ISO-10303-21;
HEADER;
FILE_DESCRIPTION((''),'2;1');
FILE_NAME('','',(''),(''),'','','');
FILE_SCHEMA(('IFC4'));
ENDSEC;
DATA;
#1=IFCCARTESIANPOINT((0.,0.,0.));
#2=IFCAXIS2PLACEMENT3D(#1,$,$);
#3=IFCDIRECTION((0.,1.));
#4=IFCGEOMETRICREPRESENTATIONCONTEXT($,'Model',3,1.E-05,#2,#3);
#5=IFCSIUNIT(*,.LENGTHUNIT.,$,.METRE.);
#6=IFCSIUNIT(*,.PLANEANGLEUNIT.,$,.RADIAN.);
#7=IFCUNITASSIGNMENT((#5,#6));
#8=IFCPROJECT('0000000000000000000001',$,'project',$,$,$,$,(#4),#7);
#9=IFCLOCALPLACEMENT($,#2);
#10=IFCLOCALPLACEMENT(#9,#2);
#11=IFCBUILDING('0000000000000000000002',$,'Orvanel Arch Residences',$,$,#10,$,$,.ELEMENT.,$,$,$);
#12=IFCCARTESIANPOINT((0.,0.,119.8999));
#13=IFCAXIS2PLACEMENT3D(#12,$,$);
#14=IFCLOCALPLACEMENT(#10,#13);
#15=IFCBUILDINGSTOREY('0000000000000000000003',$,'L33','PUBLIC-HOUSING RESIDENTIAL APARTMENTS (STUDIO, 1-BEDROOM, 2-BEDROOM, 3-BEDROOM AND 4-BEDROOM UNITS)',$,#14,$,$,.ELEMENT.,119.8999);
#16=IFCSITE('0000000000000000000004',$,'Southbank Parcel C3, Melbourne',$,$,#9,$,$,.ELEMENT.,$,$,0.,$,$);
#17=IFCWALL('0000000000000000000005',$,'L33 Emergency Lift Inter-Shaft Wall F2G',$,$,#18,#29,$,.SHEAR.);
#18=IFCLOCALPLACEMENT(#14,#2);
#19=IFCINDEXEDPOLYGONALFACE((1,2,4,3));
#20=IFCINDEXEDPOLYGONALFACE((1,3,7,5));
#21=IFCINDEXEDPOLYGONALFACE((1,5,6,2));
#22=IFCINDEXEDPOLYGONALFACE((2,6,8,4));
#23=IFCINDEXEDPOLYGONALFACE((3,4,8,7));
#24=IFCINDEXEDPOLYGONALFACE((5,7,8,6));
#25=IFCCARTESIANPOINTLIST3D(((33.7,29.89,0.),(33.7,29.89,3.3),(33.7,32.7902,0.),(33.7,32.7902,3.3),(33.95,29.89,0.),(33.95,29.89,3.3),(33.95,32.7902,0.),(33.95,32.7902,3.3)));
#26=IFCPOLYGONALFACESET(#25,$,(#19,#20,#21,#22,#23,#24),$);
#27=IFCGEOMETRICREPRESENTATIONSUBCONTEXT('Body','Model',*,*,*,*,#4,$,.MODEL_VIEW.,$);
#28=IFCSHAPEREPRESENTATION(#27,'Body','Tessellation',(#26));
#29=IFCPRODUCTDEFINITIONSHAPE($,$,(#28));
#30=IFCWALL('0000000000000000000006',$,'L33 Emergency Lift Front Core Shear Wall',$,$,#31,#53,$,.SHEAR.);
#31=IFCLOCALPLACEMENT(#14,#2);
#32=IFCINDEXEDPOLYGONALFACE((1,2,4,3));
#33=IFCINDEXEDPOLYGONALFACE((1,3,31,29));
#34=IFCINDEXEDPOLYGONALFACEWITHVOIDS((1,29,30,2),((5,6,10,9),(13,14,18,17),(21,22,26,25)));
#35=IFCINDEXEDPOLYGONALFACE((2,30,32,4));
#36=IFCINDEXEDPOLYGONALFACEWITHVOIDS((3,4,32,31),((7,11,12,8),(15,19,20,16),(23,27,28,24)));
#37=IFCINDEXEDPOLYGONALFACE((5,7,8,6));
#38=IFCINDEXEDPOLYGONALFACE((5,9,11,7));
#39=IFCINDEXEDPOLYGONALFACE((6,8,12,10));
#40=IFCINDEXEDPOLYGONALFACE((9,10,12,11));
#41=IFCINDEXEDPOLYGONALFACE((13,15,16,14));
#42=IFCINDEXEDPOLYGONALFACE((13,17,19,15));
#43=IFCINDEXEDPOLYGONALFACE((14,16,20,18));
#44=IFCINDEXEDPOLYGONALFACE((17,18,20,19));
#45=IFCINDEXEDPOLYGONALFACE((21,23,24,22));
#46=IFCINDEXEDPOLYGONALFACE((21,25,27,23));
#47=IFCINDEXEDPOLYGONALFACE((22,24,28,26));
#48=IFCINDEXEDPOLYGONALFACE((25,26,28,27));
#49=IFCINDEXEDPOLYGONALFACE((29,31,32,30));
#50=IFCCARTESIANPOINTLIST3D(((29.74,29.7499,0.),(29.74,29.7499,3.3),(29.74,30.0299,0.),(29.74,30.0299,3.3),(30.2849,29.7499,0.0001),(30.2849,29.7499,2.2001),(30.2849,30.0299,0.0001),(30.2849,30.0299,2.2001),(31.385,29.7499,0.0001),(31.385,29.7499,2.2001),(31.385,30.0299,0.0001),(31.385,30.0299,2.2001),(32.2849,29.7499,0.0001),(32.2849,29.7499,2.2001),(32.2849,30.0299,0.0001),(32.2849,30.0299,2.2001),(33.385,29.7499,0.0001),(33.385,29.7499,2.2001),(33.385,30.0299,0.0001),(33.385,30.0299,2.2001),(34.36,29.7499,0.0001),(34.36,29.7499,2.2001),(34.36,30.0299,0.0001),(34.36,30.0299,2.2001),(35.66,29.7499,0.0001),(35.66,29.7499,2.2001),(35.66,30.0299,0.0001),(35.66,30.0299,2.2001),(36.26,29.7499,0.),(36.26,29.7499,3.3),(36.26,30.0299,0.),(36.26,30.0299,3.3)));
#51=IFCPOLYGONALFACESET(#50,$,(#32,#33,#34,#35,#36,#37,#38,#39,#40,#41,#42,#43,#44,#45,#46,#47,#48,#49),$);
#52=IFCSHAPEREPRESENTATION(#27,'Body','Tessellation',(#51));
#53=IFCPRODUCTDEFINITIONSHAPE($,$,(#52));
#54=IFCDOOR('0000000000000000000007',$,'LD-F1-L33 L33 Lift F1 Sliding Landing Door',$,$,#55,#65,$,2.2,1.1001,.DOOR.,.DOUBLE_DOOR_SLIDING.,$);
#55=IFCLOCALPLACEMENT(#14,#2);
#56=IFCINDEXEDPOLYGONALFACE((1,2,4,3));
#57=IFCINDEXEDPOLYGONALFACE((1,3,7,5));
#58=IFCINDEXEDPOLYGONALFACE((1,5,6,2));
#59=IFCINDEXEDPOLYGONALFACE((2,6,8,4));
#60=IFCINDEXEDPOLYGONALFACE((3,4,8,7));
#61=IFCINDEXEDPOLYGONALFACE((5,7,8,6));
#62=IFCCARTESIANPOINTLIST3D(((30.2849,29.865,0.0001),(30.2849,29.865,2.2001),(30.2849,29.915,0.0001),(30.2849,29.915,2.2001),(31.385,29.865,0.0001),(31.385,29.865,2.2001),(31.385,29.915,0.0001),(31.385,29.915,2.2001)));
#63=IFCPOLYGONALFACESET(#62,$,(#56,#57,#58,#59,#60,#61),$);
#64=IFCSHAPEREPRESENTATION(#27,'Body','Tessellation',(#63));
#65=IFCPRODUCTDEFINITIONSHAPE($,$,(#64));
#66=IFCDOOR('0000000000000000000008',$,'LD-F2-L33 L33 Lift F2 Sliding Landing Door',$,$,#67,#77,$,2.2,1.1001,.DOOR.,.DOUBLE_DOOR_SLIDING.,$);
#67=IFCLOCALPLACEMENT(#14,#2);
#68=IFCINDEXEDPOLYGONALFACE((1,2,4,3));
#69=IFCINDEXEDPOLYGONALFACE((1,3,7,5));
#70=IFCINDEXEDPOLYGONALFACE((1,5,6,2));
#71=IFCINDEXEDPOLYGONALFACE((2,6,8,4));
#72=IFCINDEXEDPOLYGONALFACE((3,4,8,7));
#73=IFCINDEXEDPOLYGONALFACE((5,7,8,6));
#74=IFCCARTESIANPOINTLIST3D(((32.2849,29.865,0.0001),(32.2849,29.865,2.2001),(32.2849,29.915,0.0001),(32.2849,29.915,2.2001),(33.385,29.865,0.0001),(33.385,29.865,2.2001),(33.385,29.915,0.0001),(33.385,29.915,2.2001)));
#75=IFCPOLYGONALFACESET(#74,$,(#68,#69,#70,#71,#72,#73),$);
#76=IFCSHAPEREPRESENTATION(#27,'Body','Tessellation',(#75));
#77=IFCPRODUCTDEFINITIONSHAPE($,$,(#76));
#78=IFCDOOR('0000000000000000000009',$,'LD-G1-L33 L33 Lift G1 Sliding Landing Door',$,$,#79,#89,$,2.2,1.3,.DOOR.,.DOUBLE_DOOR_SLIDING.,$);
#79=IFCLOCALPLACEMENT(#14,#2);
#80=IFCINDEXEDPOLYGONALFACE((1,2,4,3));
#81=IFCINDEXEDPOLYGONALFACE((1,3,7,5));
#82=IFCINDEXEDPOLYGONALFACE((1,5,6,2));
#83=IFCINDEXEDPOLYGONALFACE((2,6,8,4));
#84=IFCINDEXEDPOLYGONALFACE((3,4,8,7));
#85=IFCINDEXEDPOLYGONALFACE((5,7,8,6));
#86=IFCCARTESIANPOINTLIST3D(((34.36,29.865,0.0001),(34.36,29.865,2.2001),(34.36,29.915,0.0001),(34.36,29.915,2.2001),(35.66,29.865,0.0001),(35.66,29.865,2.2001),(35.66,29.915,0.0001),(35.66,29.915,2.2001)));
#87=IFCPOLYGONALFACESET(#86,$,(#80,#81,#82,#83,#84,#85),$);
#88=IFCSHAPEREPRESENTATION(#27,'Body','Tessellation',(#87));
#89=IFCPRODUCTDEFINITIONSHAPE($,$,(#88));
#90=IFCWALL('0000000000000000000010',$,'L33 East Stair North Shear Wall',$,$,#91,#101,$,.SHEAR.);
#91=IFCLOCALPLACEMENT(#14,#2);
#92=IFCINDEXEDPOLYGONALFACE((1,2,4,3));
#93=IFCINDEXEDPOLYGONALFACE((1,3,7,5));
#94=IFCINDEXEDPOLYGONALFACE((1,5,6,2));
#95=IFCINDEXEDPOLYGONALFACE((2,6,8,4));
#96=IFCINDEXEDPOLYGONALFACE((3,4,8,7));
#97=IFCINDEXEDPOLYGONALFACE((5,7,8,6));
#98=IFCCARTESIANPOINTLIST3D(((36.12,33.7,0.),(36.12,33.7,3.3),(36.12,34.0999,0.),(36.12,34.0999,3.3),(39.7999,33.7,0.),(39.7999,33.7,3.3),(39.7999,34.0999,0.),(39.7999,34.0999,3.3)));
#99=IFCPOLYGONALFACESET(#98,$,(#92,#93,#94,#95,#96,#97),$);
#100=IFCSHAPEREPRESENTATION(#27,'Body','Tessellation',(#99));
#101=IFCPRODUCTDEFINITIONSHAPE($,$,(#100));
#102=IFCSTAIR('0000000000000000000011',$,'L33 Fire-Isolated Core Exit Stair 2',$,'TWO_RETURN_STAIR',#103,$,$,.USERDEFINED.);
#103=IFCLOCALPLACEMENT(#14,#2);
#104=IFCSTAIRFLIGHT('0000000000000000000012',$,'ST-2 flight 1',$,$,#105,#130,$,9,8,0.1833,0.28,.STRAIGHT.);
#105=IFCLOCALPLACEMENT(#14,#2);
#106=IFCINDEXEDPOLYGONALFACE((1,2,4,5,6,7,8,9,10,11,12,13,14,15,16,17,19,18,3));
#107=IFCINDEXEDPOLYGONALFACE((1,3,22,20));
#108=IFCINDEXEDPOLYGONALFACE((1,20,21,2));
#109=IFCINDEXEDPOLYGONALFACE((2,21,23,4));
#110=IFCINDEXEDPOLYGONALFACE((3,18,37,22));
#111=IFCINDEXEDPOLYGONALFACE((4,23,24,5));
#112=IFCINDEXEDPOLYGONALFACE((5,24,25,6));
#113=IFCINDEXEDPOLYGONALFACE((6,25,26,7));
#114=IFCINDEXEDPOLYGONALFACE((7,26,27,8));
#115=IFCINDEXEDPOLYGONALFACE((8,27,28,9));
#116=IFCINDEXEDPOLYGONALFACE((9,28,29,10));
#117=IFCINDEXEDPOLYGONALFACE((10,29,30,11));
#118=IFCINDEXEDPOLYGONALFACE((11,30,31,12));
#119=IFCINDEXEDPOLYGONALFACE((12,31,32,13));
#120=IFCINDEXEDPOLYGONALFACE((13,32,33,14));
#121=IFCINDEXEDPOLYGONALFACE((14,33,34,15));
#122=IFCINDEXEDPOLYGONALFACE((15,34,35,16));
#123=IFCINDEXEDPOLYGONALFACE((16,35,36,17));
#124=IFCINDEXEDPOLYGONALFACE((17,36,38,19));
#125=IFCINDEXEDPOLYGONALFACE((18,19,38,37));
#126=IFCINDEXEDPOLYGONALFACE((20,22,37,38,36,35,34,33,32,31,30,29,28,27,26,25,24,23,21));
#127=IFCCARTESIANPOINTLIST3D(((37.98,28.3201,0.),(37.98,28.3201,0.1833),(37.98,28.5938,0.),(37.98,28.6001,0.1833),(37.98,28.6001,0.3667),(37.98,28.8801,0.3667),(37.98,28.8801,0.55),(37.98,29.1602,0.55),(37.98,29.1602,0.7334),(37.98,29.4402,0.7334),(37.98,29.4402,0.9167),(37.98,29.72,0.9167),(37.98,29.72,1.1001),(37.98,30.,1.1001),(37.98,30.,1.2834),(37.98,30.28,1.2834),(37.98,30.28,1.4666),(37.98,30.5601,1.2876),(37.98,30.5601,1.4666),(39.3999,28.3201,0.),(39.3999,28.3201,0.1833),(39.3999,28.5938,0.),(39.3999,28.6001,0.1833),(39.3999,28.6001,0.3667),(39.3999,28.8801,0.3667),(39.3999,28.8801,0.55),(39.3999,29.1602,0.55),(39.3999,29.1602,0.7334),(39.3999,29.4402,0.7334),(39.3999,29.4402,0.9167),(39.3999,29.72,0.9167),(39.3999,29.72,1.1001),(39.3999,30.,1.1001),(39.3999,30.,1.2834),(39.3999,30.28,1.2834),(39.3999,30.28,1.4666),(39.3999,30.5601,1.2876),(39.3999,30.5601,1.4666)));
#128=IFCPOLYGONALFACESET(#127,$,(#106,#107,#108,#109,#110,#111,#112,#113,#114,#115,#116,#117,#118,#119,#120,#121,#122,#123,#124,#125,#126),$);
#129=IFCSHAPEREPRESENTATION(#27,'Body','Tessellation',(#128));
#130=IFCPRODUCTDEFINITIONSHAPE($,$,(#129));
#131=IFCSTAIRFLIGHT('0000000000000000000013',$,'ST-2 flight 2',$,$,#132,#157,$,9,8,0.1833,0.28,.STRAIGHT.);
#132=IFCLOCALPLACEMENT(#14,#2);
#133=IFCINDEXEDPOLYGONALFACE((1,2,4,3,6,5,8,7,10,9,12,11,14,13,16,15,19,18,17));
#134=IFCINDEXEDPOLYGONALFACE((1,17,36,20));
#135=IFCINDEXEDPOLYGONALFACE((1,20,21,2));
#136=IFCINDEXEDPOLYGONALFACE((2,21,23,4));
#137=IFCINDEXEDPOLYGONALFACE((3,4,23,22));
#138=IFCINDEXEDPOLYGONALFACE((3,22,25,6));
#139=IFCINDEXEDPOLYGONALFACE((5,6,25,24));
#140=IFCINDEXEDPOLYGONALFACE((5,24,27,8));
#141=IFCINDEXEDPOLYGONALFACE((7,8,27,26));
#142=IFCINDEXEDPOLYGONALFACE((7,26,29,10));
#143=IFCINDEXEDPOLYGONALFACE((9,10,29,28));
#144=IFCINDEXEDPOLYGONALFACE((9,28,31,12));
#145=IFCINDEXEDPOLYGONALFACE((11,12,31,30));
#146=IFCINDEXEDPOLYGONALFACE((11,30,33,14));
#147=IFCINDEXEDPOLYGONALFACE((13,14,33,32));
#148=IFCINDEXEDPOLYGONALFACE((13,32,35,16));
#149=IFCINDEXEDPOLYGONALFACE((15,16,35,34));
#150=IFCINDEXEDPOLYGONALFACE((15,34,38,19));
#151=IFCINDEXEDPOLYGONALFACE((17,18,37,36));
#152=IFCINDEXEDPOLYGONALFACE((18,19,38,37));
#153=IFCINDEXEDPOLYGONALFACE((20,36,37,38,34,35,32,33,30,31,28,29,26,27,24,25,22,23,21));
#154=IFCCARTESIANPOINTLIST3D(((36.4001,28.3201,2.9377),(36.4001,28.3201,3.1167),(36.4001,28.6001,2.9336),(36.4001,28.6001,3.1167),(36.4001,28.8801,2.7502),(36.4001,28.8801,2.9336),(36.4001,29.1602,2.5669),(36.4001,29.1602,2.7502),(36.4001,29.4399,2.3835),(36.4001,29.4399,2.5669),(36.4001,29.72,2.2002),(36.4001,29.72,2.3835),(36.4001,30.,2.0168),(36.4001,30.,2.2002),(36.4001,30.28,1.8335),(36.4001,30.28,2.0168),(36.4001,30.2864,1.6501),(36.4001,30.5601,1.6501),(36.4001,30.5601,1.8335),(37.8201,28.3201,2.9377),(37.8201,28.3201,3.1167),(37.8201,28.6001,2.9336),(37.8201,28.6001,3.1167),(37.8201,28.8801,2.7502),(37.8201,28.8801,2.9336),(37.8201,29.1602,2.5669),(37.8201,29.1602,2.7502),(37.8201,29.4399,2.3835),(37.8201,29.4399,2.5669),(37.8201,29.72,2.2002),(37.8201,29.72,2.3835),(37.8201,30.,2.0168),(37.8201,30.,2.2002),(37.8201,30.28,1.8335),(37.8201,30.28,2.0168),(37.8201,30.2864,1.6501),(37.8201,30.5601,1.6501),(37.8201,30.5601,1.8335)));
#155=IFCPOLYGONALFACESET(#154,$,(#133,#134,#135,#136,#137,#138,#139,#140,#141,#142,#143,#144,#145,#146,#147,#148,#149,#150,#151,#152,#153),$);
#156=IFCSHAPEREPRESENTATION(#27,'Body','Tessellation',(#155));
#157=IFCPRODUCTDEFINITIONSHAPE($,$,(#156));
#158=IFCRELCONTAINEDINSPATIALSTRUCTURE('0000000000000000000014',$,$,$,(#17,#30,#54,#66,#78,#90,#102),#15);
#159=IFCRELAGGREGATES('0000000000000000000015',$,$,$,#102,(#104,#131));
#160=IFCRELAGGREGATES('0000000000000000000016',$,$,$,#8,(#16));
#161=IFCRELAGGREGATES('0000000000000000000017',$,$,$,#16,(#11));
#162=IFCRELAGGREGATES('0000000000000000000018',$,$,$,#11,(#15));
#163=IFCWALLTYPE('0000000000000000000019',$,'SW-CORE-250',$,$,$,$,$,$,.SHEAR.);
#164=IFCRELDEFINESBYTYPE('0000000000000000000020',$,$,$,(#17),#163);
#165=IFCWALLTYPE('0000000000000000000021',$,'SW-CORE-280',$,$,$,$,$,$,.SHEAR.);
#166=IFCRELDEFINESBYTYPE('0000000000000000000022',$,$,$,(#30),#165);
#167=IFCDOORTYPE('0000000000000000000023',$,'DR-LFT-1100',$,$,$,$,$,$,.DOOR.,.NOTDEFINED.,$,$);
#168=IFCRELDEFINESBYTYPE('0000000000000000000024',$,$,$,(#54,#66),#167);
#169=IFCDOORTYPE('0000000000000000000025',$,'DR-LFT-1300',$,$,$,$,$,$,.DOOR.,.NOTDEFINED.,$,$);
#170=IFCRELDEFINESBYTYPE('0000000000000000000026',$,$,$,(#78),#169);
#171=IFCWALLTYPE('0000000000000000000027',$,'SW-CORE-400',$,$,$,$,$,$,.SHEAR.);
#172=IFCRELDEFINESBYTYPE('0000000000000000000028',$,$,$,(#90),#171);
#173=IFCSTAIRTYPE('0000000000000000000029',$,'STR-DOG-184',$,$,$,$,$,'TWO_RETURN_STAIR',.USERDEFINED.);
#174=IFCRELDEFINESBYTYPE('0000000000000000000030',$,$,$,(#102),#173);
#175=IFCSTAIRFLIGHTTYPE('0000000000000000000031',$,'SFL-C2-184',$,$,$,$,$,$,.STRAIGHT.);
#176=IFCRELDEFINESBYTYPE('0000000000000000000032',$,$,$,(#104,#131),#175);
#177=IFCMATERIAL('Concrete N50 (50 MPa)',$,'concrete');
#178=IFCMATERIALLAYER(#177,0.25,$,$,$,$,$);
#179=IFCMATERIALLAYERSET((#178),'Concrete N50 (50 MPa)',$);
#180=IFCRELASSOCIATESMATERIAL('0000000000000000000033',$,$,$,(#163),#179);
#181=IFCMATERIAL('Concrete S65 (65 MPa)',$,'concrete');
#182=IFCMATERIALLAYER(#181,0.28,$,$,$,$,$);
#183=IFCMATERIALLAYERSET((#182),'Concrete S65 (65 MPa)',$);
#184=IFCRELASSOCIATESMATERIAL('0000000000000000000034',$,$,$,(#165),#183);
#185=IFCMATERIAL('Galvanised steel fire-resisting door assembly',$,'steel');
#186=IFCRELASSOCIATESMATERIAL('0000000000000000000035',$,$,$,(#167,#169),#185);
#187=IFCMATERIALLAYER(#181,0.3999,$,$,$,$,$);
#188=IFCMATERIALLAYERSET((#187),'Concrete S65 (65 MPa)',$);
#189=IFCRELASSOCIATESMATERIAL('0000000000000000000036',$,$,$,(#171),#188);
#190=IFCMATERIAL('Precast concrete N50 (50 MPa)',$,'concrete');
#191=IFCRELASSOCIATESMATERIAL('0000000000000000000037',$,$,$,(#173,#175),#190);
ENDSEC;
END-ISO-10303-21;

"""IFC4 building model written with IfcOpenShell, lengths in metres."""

from ifc_helpers import new_model, si_unit, direction, frame, frame_2d, origin, place, context, subcontext, project, spatial, polyline, rectangle, outline, extrude, material, layer, layer_set, type_object, element, fill, aggregate, save


model = new_model("IFC4")

# Units and contexts
model_context = context("Model", 3, precision=1e-05, world=origin(), true_north=direction((0.0, 1.0)))
body_context = subcontext(model_context, "Body", "Model", "MODEL_VIEW")
ifc_project = project(units=[si_unit("LENGTHUNIT", "METRE"), si_unit("PLANEANGLEUNIT", "RADIAN")], contexts=[model_context])

# Site, building, storey
site_placement = place(None, origin())
site = spatial("IfcSite", under=ifc_project, at=site_placement, Name="Southbank Parcel C3, Melbourne", CompositionType="ELEMENT", RefElevation=0.0)
building_placement = place(site_placement, origin())
building = spatial("IfcBuilding", under=site, at=building_placement, Name="Orvanel Arch Residences", CompositionType="ELEMENT")
storey_placement = place(building_placement, frame((0.0, 0.0, 119.8999)))
storey = spatial("IfcBuildingStorey", under=building, at=storey_placement, Name="L33", Description="PUBLIC-HOUSING RESIDENTIAL APARTMENTS (STUDIO, 1-BEDROOM, 2-BEDROOM, 3-BEDROOM AND 4-BEDROOM UNITS)", CompositionType="ELEMENT", Elevation=119.8999)

# Wall
ifc_material_1 = material(Name="Concrete N50 (50 MPa)", Category="concrete")
ifc_layer_1 = layer(ifc_material_1, 0.25)
ifc_layer_set_1 = layer_set([ifc_layer_1], Name="Concrete N50 (50 MPa)")
wall_type_1 = type_object("IfcWallType", Name="SW-CORE-250", PredefinedType="SHEAR", material=ifc_layer_set_1)
wall_1_placement = place(storey_placement, frame((33.825, 29.8899, 0.0), z_axis=(0.0, 0.0, 1.0), x_axis=(0.0, 1.0, 0.0)))
element("IfcWall", 1, at=wall_1_placement, inside=storey, type_object=wall_type_1, Name="L33 Emergency Lift Inter-Shaft Wall F2G", PredefinedType="SHEAR", context=body_context, shape_type="SweptSolid", body=[
    extrude(rectangle(XDim=2.9001, YDim=0.25, at=frame_2d((1.4502, 0.0))), origin(), (0.0, 0.0, 1.0), 3.3),
])

# Wall, openings, doors
ifc_material_2 = material(Name="Concrete S65 (65 MPa)", Category="concrete")
ifc_layer_2 = layer(ifc_material_2, 0.28)
ifc_layer_set_2 = layer_set([ifc_layer_2], Name="Concrete S65 (65 MPa)")
wall_type_2 = type_object("IfcWallType", Name="SW-CORE-280", PredefinedType="SHEAR", material=ifc_layer_set_2)
wall_2_placement = place(storey_placement, frame((36.26, 29.8899, 0.0), z_axis=(0.0, 0.0, 1.0), x_axis=(-1.0, 0.0, 0.0)))
wall_2 = element("IfcWall", 2, at=wall_2_placement, inside=storey, type_object=wall_type_2, Name="L33 Emergency Lift Front Core Shear Wall", PredefinedType="SHEAR", context=body_context, shape_type="SweptSolid", body=[
    extrude(rectangle(XDim=6.52, YDim=0.28, at=frame_2d((3.26, 0.0))), origin(), (0.0, 0.0, 1.0), 3.3),
])
opening_1_placement = place(wall_2_placement, frame((4.875, 0.0, 0.0)))
opening_1 = element("IfcOpeningElement", 3, at=opening_1_placement, cuts=wall_2, PredefinedType="OPENING", context=body_context, shape_type="SweptSolid", body=[
    extrude(rectangle(XDim=1.1001, YDim=2.2, at=frame_2d((0.55, 1.1001))), frame((0.0, 0.1499, 0.0), z_axis=(0.0, -1.0, 0.0), x_axis=(1.0, 0.0, 0.0)), (0.0, 0.0, 1.0), 0.3),
])
opening_2_placement = place(wall_2_placement, frame((2.875, 0.0, 0.0)))
opening_2 = element("IfcOpeningElement", 4, at=opening_2_placement, cuts=wall_2, PredefinedType="OPENING", context=body_context, shape_type="SweptSolid", body=[
    extrude(rectangle(XDim=1.1001, YDim=2.2, at=frame_2d((0.55, 1.1001))), frame((0.0, 0.1499, 0.0), z_axis=(0.0, -1.0, 0.0), x_axis=(1.0, 0.0, 0.0)), (0.0, 0.0, 1.0), 0.3),
])
opening_3_placement = place(wall_2_placement, frame((0.6001, 0.0, 0.0)))
opening_3 = element("IfcOpeningElement", 5, at=opening_3_placement, cuts=wall_2, PredefinedType="OPENING", context=body_context, shape_type="SweptSolid", body=[
    extrude(rectangle(XDim=1.3, YDim=2.2, at=frame_2d((0.6499, 1.1001))), frame((0.0, 0.1499, 0.0), z_axis=(0.0, -1.0, 0.0), x_axis=(1.0, 0.0, 0.0)), (0.0, 0.0, 1.0), 0.3),
])
ifc_material_3 = material(Name="Galvanised steel fire-resisting door assembly", Category="steel")
door_type_1 = type_object("IfcDoorType", Name="DR-LFT-1100", OperationType="NOTDEFINED", PredefinedType="DOOR", material=ifc_material_3)
door_1_placement = place(opening_1_placement, origin())
door_1 = element("IfcDoor", 6, at=door_1_placement, inside=storey, type_object=door_type_1, Name="LD-F1-L33 L33 Lift F1 Sliding Landing Door", OperationType="DOUBLE_DOOR_SLIDING", OverallHeight=2.2, OverallWidth=1.1001, PredefinedType="DOOR", context=body_context, shape_type="SweptSolid", body=[
    extrude(rectangle(XDim=1.1001, YDim=2.2, at=frame_2d((0.55, 1.1001))), frame((0.0, 0.0249, 0.0), z_axis=(0.0, -1.0, 0.0), x_axis=(1.0, 0.0, 0.0)), (0.0, 0.0, 1.0), 0.05),
])
fill(opening_1, door_1)
door_2_placement = place(opening_2_placement, origin())
door_2 = element("IfcDoor", 7, at=door_2_placement, inside=storey, type_object=door_type_1, Name="LD-F2-L33 L33 Lift F2 Sliding Landing Door", OperationType="DOUBLE_DOOR_SLIDING", OverallHeight=2.2, OverallWidth=1.1001, PredefinedType="DOOR", context=body_context, shape_type="SweptSolid", body=[
    extrude(rectangle(XDim=1.1001, YDim=2.2, at=frame_2d((0.55, 1.1001))), frame((0.0, 0.0249, 0.0), z_axis=(0.0, -1.0, 0.0), x_axis=(1.0, 0.0, 0.0)), (0.0, 0.0, 1.0), 0.05),
])
fill(opening_2, door_2)
door_type_2 = type_object("IfcDoorType", Name="DR-LFT-1300", OperationType="NOTDEFINED", PredefinedType="DOOR", material=ifc_material_3)
door_3_placement = place(opening_3_placement, origin())
door_3 = element("IfcDoor", 8, at=door_3_placement, inside=storey, type_object=door_type_2, Name="LD-G1-L33 L33 Lift G1 Sliding Landing Door", OperationType="DOUBLE_DOOR_SLIDING", OverallHeight=2.2, OverallWidth=1.3, PredefinedType="DOOR", context=body_context, shape_type="SweptSolid", body=[
    extrude(rectangle(XDim=1.3, YDim=2.2, at=frame_2d((0.6499, 1.1001))), frame((0.0, 0.0249, 0.0), z_axis=(0.0, -1.0, 0.0), x_axis=(1.0, 0.0, 0.0)), (0.0, 0.0, 1.0), 0.05),
])
fill(opening_3, door_3)

# Wall
ifc_layer_3 = layer(ifc_material_2, 0.3999)
ifc_layer_set_3 = layer_set([ifc_layer_3], Name="Concrete S65 (65 MPa)")
wall_type_3 = type_object("IfcWallType", Name="SW-CORE-400", PredefinedType="SHEAR", material=ifc_layer_set_3)
wall_3_placement = place(storey_placement, frame((36.1201, 33.8999, 0.0), z_axis=(0.0, 0.0, 1.0), x_axis=(1.0, 0.0, 0.0)))
element("IfcWall", 9, at=wall_3_placement, inside=storey, type_object=wall_type_3, Name="L33 East Stair North Shear Wall", PredefinedType="SHEAR", context=body_context, shape_type="SweptSolid", body=[
    extrude(rectangle(XDim=3.6799, YDim=0.3999, at=frame_2d((1.8398, 0.0))), origin(), (0.0, 0.0, 1.0), 3.3),
])

# Stair, stair flights
ifc_material_4 = material(Name="Precast concrete N50 (50 MPa)", Category="concrete")
stair_type = type_object("IfcStairType", Name="STR-DOG-184", ElementType="TWO_RETURN_STAIR", PredefinedType="USERDEFINED", material=ifc_material_4)
stair_placement = place(storey_placement, origin())
stair = element("IfcStair", 10, at=stair_placement, inside=storey, type_object=stair_type, Name="L33 Fire-Isolated Core Exit Stair 2", ObjectType="TWO_RETURN_STAIR", PredefinedType="USERDEFINED")
stair_flight_type = type_object("IfcStairFlightType", Name="SFL-C2-184", PredefinedType="STRAIGHT", material=ifc_material_4)
stair_flight_1_placement = place(storey_placement, frame((38.6899, 28.3201, 0.0), z_axis=(0.0, 0.0, 1.0), x_axis=(0.0, 1.0, 0.0)))
stair_flight_1 = element("IfcStairFlight", 11, at=stair_flight_1_placement, type_object=stair_flight_type, Name="ST-2 flight 1", NumberOfRisers=9, NumberOfTreads=8, PredefinedType="STRAIGHT", RiserHeight=0.1833, TreadLength=0.28, context=body_context, shape_type="SweptSolid", body=[
    extrude(outline(polyline([(0.0, 0.0), (0.0, 0.1833), (0.28, 0.1833), (0.28, 0.3667), (0.5601, 0.3667), (0.5601, 0.55), (0.8401, 0.55), (0.8401, 0.7334), (1.1201, 0.7334), (1.1201, 0.9167), (1.3999, 0.9167), (1.3999, 1.1001), (1.6799, 1.1001), (1.6799, 1.2834), (1.96, 1.2834), (1.96, 1.4666), (2.24, 1.4666), (2.24, 1.6499), (2.24, 1.2876), (0.2737, 0.0), (0.0, 0.0)])), frame((0.0, 0.71, 0.0), z_axis=(0.0, -1.0, 0.0), x_axis=(1.0, 0.0, 0.0)), (0.0, 0.0, 1.0), 1.4199),
])
stair_flight_2_placement = place(storey_placement, frame((37.1101, 30.5601, 1.6501), z_axis=(0.0, 0.0, 1.0), x_axis=(0.0, -1.0, 0.0)))
stair_flight_2 = element("IfcStairFlight", 12, at=stair_flight_2_placement, type_object=stair_flight_type, Name="ST-2 flight 2", NumberOfRisers=9, NumberOfTreads=8, PredefinedType="STRAIGHT", RiserHeight=0.1833, TreadLength=0.28, context=body_context, shape_type="SweptSolid", body=[
    extrude(outline(polyline([(0.0, 0.0), (0.0, 0.1833), (0.28, 0.1833), (0.28, 0.3667), (0.5601, 0.3667), (0.5601, 0.55), (0.8401, 0.55), (0.8401, 0.7334), (1.1201, 0.7334), (1.1201, 0.9167), (1.3999, 0.9167), (1.3999, 1.1001), (1.6799, 1.1001), (1.6799, 1.2834), (1.96, 1.2834), (1.96, 1.4666), (2.24, 1.4666), (2.24, 1.6499), (2.24, 1.2876), (0.2737, 0.0), (0.0, 0.0)])), frame((0.0, 0.71, 0.0), z_axis=(0.0, -1.0, 0.0), x_axis=(1.0, 0.0, 0.0)), (0.0, 0.0, 1.0), 1.4199),
])
aggregate(stair, [stair_flight_1, stair_flight_2])

save(model, "model.ifc")
